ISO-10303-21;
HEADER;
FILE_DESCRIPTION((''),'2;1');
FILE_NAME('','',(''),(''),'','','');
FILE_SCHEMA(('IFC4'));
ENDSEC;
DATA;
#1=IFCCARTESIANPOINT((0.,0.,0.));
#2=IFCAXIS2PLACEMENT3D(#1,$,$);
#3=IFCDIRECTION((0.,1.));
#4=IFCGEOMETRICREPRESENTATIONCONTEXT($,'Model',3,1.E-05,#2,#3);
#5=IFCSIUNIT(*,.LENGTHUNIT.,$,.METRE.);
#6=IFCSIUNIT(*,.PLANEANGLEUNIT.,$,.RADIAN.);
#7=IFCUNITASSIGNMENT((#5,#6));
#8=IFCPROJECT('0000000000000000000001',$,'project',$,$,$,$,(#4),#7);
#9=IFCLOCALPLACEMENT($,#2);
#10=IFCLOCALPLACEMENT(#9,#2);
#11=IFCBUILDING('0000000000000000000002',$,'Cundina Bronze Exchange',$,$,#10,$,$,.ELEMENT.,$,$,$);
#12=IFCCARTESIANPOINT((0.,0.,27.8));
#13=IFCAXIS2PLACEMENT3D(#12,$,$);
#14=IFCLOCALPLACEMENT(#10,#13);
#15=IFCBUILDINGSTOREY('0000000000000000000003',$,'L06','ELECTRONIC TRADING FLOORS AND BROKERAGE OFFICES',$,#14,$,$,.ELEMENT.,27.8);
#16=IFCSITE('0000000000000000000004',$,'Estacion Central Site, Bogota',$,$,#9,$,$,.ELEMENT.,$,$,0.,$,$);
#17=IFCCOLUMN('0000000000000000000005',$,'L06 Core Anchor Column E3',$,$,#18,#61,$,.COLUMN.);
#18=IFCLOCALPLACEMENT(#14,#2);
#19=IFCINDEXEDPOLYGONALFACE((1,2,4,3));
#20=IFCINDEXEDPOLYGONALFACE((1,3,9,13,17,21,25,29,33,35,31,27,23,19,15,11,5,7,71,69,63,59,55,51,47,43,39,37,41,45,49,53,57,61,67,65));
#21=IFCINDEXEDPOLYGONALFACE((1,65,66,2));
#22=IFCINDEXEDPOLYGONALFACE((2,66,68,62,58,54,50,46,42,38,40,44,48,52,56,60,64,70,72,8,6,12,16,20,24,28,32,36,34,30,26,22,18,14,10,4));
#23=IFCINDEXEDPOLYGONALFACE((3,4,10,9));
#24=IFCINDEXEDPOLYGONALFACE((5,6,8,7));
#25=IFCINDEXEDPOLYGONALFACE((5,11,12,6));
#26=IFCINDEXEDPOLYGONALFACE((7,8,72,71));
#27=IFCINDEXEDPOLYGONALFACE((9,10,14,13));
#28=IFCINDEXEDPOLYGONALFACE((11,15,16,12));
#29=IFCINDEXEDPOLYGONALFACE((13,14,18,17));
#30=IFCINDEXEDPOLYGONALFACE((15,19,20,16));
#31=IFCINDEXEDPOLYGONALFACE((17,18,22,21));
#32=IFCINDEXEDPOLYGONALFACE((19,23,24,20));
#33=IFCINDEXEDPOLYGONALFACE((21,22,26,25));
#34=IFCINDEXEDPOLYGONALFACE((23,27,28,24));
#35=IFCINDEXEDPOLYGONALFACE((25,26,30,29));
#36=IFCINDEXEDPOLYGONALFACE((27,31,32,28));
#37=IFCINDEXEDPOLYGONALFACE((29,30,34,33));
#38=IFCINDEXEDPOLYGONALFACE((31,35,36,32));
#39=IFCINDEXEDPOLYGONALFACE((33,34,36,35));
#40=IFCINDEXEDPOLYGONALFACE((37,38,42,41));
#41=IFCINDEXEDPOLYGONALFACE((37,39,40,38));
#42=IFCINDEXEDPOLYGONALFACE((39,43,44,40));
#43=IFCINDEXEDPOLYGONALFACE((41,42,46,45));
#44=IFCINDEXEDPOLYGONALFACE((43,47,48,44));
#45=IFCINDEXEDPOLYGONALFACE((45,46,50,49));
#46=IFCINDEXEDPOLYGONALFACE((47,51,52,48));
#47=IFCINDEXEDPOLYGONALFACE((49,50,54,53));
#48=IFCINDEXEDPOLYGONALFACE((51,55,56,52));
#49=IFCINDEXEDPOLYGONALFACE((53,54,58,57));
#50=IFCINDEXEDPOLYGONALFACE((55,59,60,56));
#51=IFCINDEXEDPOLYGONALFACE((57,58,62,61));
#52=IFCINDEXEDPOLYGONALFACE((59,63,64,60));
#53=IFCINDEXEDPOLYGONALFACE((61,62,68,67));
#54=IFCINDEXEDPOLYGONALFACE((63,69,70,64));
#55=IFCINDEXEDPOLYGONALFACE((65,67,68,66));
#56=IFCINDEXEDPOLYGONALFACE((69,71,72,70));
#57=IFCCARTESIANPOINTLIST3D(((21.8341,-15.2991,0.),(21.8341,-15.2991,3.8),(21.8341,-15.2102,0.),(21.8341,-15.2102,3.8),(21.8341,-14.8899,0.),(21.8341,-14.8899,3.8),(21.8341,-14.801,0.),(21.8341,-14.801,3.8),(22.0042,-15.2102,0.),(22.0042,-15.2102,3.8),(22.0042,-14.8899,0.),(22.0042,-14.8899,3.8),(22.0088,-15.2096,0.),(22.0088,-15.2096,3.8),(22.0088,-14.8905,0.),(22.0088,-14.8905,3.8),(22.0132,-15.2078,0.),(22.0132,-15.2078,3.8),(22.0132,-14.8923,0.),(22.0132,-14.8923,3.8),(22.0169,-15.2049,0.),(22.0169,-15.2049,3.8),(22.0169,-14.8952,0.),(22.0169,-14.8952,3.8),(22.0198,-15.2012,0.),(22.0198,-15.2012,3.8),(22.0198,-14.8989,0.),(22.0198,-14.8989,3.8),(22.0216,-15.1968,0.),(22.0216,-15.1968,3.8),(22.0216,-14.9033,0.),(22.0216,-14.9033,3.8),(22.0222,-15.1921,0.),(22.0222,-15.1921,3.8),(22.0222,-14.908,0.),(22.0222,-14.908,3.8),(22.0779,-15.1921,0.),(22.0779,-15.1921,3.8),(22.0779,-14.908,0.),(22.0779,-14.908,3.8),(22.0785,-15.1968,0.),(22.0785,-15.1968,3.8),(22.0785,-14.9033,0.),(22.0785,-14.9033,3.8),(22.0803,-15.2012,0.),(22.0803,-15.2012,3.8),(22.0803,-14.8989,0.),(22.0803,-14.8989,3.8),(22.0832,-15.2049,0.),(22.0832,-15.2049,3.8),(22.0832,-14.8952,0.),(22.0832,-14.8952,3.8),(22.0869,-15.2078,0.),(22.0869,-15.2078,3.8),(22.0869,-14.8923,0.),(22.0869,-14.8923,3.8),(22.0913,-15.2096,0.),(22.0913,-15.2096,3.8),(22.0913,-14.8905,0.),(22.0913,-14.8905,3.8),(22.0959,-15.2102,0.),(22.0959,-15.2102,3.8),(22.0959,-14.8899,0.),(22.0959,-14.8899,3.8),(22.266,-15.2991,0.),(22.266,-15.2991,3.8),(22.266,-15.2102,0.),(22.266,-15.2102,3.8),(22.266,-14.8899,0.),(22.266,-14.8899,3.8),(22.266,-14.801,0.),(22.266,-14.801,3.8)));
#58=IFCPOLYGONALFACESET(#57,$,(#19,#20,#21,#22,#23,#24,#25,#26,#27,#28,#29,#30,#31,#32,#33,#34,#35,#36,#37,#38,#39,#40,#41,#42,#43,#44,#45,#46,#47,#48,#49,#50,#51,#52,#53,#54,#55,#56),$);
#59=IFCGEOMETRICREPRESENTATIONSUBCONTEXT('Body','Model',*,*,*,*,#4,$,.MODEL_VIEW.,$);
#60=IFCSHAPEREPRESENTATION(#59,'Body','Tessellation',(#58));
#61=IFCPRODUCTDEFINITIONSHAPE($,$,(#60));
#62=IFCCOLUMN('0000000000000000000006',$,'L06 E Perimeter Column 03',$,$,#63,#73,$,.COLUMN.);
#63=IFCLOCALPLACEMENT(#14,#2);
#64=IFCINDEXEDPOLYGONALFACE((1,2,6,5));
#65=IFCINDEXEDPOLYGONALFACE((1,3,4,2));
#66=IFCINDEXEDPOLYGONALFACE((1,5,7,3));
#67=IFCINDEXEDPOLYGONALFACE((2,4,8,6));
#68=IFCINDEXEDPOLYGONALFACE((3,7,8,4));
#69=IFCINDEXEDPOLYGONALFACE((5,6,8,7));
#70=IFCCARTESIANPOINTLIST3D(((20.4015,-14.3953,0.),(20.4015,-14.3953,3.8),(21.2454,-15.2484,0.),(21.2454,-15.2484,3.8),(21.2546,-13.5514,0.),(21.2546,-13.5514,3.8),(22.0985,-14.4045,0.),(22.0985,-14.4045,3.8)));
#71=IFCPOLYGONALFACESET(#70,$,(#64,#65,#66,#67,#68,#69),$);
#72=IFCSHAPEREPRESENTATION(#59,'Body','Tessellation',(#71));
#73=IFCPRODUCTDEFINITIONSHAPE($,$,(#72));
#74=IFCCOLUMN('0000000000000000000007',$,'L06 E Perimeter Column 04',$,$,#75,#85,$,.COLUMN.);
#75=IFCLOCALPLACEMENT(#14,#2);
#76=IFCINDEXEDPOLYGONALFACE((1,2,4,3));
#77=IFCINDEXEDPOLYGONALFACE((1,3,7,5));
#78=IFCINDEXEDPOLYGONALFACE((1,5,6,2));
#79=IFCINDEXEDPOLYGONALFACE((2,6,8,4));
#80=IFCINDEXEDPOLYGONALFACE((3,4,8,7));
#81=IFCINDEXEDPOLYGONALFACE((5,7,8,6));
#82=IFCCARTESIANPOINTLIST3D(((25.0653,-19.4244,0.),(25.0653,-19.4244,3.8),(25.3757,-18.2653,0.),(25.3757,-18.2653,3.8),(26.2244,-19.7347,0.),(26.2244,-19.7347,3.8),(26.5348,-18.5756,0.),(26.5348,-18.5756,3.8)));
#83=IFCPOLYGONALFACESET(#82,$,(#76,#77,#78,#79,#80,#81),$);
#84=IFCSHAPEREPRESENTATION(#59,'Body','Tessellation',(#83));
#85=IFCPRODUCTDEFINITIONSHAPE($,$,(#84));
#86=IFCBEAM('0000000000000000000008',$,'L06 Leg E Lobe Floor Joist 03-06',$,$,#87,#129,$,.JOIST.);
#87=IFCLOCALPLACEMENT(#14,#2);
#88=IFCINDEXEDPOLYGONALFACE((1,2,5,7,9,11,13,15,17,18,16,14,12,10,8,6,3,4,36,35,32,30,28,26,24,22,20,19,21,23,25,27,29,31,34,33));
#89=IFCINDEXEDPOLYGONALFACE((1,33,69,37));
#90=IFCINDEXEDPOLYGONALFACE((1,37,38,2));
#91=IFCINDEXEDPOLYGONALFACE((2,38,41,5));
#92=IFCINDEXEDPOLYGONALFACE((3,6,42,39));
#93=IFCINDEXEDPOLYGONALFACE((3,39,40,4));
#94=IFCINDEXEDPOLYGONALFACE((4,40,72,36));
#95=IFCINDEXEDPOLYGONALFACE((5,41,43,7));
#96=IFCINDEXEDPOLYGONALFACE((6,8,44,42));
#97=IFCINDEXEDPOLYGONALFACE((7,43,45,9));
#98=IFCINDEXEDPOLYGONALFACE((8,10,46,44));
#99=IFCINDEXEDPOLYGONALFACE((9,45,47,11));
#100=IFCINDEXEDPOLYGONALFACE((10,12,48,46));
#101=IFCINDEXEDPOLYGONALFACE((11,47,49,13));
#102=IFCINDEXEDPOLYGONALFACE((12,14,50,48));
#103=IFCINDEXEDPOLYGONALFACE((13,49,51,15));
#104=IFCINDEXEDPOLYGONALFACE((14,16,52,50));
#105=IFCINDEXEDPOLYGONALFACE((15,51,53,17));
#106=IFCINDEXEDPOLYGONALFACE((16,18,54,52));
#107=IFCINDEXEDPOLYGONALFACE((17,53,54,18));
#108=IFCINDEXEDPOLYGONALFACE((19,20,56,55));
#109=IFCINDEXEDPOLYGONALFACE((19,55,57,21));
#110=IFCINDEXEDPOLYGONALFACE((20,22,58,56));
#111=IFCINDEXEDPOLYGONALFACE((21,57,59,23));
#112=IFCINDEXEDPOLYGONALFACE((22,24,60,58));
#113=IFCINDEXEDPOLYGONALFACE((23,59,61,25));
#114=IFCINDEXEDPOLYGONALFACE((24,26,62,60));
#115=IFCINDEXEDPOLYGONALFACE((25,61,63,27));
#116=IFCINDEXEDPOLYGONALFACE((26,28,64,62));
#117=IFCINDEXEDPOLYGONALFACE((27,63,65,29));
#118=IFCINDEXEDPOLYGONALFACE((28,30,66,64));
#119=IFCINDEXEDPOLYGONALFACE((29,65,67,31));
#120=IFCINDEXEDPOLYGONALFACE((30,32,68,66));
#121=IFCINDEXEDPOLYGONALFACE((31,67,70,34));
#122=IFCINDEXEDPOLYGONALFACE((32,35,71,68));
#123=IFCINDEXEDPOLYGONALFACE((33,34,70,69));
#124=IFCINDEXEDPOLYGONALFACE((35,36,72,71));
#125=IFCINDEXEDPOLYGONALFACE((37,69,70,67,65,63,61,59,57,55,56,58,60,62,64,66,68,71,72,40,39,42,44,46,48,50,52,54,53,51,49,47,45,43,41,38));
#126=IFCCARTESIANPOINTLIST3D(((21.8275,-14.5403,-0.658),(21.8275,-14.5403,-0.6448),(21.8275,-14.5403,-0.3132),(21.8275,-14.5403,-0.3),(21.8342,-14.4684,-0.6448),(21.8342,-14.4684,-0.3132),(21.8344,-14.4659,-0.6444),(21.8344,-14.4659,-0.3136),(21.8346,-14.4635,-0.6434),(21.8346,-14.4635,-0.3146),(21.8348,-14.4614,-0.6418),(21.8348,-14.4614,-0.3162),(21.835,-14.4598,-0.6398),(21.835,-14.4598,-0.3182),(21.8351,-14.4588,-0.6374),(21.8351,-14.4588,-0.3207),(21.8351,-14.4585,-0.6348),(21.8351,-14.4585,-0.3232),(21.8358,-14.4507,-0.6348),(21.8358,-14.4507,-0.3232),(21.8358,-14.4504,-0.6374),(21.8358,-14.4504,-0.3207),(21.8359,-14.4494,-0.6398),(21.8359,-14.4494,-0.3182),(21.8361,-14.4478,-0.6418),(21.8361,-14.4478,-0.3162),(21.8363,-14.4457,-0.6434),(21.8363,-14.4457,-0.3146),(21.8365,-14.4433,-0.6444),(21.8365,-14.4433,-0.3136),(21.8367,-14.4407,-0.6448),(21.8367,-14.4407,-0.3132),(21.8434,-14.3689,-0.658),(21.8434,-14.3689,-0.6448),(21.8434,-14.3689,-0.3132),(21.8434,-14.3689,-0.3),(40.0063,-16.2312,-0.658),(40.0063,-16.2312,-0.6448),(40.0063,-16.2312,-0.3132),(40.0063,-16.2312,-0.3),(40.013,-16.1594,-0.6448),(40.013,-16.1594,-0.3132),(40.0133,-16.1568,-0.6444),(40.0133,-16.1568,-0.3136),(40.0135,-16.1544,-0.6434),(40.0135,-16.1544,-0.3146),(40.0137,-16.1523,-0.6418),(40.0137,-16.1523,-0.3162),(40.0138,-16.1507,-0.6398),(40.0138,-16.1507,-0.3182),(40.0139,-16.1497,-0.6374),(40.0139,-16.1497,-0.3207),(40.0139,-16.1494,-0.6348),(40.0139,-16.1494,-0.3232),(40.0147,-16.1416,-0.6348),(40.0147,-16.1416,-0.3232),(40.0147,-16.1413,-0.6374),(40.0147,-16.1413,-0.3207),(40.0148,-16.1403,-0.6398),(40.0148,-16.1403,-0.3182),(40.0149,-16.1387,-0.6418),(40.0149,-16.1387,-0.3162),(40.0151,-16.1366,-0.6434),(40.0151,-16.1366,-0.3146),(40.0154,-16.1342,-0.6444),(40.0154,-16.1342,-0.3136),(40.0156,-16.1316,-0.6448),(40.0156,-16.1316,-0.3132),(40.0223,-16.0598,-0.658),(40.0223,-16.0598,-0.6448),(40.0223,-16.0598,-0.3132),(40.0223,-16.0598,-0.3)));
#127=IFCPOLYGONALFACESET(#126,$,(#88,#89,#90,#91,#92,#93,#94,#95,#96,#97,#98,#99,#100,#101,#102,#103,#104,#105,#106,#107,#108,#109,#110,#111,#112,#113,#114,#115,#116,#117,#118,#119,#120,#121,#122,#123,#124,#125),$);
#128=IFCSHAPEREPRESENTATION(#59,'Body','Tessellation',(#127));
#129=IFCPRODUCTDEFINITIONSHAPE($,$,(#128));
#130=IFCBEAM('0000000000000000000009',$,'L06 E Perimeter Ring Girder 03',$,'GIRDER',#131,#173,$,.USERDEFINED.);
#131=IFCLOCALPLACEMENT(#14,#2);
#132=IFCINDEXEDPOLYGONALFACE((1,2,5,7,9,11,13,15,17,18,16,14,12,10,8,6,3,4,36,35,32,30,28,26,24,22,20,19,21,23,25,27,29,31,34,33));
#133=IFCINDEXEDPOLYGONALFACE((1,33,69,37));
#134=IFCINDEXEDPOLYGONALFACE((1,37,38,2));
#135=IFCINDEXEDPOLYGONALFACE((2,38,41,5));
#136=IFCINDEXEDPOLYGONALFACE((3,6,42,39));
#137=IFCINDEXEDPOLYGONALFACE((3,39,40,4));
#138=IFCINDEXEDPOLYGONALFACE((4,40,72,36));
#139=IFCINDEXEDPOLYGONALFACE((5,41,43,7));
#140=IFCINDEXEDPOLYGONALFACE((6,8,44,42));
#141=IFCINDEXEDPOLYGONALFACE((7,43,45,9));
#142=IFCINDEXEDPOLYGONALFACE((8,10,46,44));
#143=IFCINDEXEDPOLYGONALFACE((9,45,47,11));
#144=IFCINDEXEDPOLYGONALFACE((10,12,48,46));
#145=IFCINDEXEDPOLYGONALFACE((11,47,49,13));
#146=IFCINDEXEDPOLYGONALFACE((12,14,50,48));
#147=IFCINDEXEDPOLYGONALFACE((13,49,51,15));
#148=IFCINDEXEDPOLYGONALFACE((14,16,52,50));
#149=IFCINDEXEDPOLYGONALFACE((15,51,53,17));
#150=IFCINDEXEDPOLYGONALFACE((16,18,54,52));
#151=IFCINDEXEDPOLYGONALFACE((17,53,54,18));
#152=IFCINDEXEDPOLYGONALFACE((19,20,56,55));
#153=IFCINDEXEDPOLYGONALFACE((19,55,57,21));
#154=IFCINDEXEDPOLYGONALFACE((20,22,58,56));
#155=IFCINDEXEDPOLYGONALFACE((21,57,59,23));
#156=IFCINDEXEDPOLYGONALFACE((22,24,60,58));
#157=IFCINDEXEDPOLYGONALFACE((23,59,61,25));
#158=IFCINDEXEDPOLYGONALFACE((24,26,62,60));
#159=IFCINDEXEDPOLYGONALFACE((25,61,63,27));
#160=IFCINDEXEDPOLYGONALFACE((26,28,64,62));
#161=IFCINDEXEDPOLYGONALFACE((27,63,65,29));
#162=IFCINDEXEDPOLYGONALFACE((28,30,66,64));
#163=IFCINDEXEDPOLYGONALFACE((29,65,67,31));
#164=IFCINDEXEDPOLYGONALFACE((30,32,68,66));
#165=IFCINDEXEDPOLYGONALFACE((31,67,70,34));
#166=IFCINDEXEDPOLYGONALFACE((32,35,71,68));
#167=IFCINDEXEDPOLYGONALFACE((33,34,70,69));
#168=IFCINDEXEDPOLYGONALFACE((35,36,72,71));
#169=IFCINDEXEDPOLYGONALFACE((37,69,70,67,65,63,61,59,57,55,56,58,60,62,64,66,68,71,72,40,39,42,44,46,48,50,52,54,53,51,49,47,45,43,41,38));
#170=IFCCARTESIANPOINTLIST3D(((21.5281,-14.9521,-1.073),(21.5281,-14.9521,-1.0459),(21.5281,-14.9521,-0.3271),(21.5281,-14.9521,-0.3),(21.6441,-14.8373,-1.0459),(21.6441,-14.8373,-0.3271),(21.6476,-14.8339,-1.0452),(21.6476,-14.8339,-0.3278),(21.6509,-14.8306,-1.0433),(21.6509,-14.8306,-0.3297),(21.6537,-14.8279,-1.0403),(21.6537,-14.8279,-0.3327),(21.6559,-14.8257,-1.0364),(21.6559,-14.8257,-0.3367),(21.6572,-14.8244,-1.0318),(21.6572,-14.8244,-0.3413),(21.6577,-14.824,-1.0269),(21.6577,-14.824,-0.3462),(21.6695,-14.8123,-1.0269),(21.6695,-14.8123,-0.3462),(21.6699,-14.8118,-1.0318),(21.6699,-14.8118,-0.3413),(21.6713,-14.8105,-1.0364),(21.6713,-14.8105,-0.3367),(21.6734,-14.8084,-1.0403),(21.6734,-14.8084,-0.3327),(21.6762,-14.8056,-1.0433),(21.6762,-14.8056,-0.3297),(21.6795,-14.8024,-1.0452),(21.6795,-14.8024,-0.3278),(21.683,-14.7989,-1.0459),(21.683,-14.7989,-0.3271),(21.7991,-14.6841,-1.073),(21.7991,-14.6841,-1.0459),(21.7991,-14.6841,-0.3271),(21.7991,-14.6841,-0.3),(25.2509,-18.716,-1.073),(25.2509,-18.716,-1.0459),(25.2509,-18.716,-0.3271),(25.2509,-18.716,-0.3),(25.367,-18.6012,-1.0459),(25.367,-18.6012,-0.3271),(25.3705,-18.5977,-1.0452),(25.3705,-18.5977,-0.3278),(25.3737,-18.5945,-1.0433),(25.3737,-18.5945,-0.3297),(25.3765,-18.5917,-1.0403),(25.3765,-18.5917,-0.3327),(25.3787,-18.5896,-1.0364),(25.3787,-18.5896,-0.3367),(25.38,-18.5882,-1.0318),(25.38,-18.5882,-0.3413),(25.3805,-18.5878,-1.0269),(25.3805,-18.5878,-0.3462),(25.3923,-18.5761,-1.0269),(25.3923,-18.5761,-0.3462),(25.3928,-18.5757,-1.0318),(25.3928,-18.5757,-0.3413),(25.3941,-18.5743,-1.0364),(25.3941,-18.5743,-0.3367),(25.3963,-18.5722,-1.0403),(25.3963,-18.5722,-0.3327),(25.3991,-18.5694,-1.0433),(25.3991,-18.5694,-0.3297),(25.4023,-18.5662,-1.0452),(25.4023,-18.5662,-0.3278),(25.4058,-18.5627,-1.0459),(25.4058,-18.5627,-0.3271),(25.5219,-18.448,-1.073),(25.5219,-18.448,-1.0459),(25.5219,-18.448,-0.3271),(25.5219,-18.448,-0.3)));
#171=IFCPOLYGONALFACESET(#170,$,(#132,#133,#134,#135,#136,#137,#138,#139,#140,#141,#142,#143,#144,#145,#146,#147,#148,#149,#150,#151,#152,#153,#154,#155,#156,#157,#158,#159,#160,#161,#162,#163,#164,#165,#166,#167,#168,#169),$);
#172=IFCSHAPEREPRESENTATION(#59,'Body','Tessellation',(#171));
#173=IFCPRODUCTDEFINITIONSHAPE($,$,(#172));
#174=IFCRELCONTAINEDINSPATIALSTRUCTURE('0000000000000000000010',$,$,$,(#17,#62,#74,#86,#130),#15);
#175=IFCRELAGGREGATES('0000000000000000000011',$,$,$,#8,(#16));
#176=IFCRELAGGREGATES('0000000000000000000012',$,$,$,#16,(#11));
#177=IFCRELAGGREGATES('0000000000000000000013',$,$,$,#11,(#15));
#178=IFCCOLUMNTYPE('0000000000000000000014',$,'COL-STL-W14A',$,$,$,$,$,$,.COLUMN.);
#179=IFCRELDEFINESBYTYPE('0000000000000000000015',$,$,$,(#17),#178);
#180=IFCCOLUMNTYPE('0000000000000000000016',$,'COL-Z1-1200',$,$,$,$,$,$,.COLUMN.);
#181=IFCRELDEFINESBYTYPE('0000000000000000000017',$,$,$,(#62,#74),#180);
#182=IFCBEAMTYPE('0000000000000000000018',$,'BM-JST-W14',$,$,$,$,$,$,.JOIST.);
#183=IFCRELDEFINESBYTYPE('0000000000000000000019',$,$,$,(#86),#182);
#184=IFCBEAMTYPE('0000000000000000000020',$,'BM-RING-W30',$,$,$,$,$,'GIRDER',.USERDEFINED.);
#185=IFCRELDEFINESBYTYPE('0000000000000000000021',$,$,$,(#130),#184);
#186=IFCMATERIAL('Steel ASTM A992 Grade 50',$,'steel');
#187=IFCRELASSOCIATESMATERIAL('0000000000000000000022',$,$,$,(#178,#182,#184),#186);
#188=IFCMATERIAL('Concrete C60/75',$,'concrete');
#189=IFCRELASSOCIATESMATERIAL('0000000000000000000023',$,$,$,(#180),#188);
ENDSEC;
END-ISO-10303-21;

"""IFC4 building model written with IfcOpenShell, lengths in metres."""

from ifc_helpers import new_model, si_unit, direction, frame, origin, origin_2d, place, context, subcontext, project, spatial, rectangle, i_section, extrude, material, material_profile, profile_set, type_object, element, save


model = new_model("IFC4")

# Units and contexts
model_context = context("Model", 3, precision=1e-05, world=origin(), true_north=direction((0.0, 1.0)))
body_context = subcontext(model_context, "Body", "Model", "MODEL_VIEW")
ifc_project = project(units=[si_unit("LENGTHUNIT", "METRE"), si_unit("PLANEANGLEUNIT", "RADIAN")], contexts=[model_context])

# Site, building, storey
site_placement = place(None, origin())
site = spatial("IfcSite", under=ifc_project, at=site_placement, Name="Estacion Central Site, Bogota", CompositionType="ELEMENT", RefElevation=0.0)
building_placement = place(site_placement, origin())
building = spatial("IfcBuilding", under=site, at=building_placement, Name="Cundina Bronze Exchange", CompositionType="ELEMENT")
storey_placement = place(building_placement, frame((0.0, 0.0, 27.8)))
storey = spatial("IfcBuildingStorey", under=building, at=storey_placement, Name="L06", Description="ELECTRONIC TRADING FLOORS AND BROKERAGE OFFICES", CompositionType="ELEMENT", Elevation=27.8)

# Columns
ifc_material_1 = material(Name="Steel ASTM A992 Grade 50", Category="steel")
ifc_material_profile_1 = material_profile(ifc_material_1, i_section(OverallWidth=0.4319, OverallDepth=0.498, WebThickness=0.0557, FlangeThickness=0.0889, FilletRadius=0.0181, at=origin_2d()), Name="W14X500", Category="steel")
ifc_profile_set_1 = profile_set([ifc_material_profile_1], Name="Steel ASTM A992 Grade 50")
column_type_1 = type_object("IfcColumnType", Name="COL-STL-W14A", PredefinedType="COLUMN", material=ifc_profile_set_1)
column_placement = place(storey_placement, frame((22.05, -15.05, 0.0), z_axis=(0.0, 0.0, 1.0), x_axis=(1.0, 0.0, 0.0)))
element("IfcColumn", 1, at=column_placement, inside=storey, type_object=column_type_1, Name="L06 Core Anchor Column E3", PredefinedType="COLUMN", context=body_context, shape_type="SweptSolid", body=[
    extrude(i_section(OverallWidth=0.4319, OverallDepth=0.498, WebThickness=0.0557, FlangeThickness=0.0889, FilletRadius=0.0181, at=origin_2d()), origin(), (0.0, 0.0, 1.0), 3.8),
])
ifc_material_2 = material(Name="Concrete C60/75", Category="concrete")
ifc_material_profile_2 = material_profile(ifc_material_2, rectangle(XDim=1.2, YDim=1.2, at=origin_2d()), Name="RC1200X1200", Category="concrete")
ifc_profile_set_2 = profile_set([ifc_material_profile_2], Name="Concrete C60/75")
column_type_2 = type_object("IfcColumnType", Name="COL-Z1-1200", PredefinedType="COLUMN", material=ifc_profile_set_2)
for number, where, z_axis, x_axis, name in (
    (2, (21.25, -14.3999, 0.0), (0.0, 0.0, 1.0), (0.703271, -0.710922, 0.0), "L06 E Perimeter Column 03"),
    (3, (25.8, -19.0, 0.0), (0.0, 0.0, 1.0), (0.965971, -0.25865, 0.0), "L06 E Perimeter Column 04"),
):
    element("IfcColumn", number, at=place(storey_placement, frame(where, z_axis=z_axis, x_axis=x_axis)), inside=storey, type_object=column_type_2, Name=name, PredefinedType="COLUMN", context=body_context, shape_type="SweptSolid", body=[
        extrude(rectangle(XDim=1.2, YDim=1.2, at=origin_2d()), origin(), (0.0, 0.0, 1.0), 3.8),
    ])

# Beams
ifc_material_profile_3 = material_profile(ifc_material_1, i_section(OverallWidth=0.1721, OverallDepth=0.3579, WebThickness=0.0078, FlangeThickness=0.0132, FilletRadius=0.01, at=origin_2d()), Name="W14X38", Category="steel")
ifc_profile_set_3 = profile_set([ifc_material_profile_3], Name="Steel ASTM A992 Grade 50")
beam_type_1 = type_object("IfcBeamType", Name="BM-JST-W14", PredefinedType="JOIST", material=ifc_profile_set_3)
beam_1_placement = place(storey_placement, frame((21.8354, -14.4546, -0.479), z_axis=(0.995702, -0.092615, 0.0), x_axis=(0.092615, 0.995702, 0.0)))
element("IfcBeam", 4, at=beam_1_placement, inside=storey, type_object=beam_type_1, Name="L06 Leg E Lobe Floor Joist 03-06", PredefinedType="JOIST", context=body_context, shape_type="SweptSolid", body=[
    extrude(i_section(OverallWidth=0.1721, OverallDepth=0.3579, WebThickness=0.0078, FlangeThickness=0.0132, FilletRadius=0.01, at=origin_2d()), origin(), (0.0, 0.0, 1.0), 18.2573),
])
ifc_material_profile_4 = material_profile(ifc_material_1, i_section(OverallWidth=0.3811, OverallDepth=0.7729, WebThickness=0.0166, FlangeThickness=0.0271, FilletRadius=0.019, at=origin_2d()), Name="W30X173", Category="steel")
ifc_profile_set_4 = profile_set([ifc_material_profile_4], Name="Steel ASTM A992 Grade 50")
beam_type_2 = type_object("IfcBeamType", Name="BM-RING-W30", ElementType="GIRDER", PredefinedType="USERDEFINED", material=ifc_profile_set_4)
beam_2_placement = place(storey_placement, frame((21.6636, -14.8181, -0.6865), z_axis=(0.703222, -0.71097, 0.0), x_axis=(0.71097, 0.703222, 0.0)))
element("IfcBeam", 5, at=beam_2_placement, inside=storey, type_object=beam_type_2, Name="L06 E Perimeter Ring Girder 03", ObjectType="GIRDER", PredefinedType="USERDEFINED", context=body_context, shape_type="SweptSolid", body=[
    extrude(i_section(OverallWidth=0.3811, OverallDepth=0.7729, WebThickness=0.0166, FlangeThickness=0.0271, FilletRadius=0.019, at=origin_2d()), origin(), (0.0, 0.0, 1.0), 5.2939),
])

save(model, "model.ifc")
